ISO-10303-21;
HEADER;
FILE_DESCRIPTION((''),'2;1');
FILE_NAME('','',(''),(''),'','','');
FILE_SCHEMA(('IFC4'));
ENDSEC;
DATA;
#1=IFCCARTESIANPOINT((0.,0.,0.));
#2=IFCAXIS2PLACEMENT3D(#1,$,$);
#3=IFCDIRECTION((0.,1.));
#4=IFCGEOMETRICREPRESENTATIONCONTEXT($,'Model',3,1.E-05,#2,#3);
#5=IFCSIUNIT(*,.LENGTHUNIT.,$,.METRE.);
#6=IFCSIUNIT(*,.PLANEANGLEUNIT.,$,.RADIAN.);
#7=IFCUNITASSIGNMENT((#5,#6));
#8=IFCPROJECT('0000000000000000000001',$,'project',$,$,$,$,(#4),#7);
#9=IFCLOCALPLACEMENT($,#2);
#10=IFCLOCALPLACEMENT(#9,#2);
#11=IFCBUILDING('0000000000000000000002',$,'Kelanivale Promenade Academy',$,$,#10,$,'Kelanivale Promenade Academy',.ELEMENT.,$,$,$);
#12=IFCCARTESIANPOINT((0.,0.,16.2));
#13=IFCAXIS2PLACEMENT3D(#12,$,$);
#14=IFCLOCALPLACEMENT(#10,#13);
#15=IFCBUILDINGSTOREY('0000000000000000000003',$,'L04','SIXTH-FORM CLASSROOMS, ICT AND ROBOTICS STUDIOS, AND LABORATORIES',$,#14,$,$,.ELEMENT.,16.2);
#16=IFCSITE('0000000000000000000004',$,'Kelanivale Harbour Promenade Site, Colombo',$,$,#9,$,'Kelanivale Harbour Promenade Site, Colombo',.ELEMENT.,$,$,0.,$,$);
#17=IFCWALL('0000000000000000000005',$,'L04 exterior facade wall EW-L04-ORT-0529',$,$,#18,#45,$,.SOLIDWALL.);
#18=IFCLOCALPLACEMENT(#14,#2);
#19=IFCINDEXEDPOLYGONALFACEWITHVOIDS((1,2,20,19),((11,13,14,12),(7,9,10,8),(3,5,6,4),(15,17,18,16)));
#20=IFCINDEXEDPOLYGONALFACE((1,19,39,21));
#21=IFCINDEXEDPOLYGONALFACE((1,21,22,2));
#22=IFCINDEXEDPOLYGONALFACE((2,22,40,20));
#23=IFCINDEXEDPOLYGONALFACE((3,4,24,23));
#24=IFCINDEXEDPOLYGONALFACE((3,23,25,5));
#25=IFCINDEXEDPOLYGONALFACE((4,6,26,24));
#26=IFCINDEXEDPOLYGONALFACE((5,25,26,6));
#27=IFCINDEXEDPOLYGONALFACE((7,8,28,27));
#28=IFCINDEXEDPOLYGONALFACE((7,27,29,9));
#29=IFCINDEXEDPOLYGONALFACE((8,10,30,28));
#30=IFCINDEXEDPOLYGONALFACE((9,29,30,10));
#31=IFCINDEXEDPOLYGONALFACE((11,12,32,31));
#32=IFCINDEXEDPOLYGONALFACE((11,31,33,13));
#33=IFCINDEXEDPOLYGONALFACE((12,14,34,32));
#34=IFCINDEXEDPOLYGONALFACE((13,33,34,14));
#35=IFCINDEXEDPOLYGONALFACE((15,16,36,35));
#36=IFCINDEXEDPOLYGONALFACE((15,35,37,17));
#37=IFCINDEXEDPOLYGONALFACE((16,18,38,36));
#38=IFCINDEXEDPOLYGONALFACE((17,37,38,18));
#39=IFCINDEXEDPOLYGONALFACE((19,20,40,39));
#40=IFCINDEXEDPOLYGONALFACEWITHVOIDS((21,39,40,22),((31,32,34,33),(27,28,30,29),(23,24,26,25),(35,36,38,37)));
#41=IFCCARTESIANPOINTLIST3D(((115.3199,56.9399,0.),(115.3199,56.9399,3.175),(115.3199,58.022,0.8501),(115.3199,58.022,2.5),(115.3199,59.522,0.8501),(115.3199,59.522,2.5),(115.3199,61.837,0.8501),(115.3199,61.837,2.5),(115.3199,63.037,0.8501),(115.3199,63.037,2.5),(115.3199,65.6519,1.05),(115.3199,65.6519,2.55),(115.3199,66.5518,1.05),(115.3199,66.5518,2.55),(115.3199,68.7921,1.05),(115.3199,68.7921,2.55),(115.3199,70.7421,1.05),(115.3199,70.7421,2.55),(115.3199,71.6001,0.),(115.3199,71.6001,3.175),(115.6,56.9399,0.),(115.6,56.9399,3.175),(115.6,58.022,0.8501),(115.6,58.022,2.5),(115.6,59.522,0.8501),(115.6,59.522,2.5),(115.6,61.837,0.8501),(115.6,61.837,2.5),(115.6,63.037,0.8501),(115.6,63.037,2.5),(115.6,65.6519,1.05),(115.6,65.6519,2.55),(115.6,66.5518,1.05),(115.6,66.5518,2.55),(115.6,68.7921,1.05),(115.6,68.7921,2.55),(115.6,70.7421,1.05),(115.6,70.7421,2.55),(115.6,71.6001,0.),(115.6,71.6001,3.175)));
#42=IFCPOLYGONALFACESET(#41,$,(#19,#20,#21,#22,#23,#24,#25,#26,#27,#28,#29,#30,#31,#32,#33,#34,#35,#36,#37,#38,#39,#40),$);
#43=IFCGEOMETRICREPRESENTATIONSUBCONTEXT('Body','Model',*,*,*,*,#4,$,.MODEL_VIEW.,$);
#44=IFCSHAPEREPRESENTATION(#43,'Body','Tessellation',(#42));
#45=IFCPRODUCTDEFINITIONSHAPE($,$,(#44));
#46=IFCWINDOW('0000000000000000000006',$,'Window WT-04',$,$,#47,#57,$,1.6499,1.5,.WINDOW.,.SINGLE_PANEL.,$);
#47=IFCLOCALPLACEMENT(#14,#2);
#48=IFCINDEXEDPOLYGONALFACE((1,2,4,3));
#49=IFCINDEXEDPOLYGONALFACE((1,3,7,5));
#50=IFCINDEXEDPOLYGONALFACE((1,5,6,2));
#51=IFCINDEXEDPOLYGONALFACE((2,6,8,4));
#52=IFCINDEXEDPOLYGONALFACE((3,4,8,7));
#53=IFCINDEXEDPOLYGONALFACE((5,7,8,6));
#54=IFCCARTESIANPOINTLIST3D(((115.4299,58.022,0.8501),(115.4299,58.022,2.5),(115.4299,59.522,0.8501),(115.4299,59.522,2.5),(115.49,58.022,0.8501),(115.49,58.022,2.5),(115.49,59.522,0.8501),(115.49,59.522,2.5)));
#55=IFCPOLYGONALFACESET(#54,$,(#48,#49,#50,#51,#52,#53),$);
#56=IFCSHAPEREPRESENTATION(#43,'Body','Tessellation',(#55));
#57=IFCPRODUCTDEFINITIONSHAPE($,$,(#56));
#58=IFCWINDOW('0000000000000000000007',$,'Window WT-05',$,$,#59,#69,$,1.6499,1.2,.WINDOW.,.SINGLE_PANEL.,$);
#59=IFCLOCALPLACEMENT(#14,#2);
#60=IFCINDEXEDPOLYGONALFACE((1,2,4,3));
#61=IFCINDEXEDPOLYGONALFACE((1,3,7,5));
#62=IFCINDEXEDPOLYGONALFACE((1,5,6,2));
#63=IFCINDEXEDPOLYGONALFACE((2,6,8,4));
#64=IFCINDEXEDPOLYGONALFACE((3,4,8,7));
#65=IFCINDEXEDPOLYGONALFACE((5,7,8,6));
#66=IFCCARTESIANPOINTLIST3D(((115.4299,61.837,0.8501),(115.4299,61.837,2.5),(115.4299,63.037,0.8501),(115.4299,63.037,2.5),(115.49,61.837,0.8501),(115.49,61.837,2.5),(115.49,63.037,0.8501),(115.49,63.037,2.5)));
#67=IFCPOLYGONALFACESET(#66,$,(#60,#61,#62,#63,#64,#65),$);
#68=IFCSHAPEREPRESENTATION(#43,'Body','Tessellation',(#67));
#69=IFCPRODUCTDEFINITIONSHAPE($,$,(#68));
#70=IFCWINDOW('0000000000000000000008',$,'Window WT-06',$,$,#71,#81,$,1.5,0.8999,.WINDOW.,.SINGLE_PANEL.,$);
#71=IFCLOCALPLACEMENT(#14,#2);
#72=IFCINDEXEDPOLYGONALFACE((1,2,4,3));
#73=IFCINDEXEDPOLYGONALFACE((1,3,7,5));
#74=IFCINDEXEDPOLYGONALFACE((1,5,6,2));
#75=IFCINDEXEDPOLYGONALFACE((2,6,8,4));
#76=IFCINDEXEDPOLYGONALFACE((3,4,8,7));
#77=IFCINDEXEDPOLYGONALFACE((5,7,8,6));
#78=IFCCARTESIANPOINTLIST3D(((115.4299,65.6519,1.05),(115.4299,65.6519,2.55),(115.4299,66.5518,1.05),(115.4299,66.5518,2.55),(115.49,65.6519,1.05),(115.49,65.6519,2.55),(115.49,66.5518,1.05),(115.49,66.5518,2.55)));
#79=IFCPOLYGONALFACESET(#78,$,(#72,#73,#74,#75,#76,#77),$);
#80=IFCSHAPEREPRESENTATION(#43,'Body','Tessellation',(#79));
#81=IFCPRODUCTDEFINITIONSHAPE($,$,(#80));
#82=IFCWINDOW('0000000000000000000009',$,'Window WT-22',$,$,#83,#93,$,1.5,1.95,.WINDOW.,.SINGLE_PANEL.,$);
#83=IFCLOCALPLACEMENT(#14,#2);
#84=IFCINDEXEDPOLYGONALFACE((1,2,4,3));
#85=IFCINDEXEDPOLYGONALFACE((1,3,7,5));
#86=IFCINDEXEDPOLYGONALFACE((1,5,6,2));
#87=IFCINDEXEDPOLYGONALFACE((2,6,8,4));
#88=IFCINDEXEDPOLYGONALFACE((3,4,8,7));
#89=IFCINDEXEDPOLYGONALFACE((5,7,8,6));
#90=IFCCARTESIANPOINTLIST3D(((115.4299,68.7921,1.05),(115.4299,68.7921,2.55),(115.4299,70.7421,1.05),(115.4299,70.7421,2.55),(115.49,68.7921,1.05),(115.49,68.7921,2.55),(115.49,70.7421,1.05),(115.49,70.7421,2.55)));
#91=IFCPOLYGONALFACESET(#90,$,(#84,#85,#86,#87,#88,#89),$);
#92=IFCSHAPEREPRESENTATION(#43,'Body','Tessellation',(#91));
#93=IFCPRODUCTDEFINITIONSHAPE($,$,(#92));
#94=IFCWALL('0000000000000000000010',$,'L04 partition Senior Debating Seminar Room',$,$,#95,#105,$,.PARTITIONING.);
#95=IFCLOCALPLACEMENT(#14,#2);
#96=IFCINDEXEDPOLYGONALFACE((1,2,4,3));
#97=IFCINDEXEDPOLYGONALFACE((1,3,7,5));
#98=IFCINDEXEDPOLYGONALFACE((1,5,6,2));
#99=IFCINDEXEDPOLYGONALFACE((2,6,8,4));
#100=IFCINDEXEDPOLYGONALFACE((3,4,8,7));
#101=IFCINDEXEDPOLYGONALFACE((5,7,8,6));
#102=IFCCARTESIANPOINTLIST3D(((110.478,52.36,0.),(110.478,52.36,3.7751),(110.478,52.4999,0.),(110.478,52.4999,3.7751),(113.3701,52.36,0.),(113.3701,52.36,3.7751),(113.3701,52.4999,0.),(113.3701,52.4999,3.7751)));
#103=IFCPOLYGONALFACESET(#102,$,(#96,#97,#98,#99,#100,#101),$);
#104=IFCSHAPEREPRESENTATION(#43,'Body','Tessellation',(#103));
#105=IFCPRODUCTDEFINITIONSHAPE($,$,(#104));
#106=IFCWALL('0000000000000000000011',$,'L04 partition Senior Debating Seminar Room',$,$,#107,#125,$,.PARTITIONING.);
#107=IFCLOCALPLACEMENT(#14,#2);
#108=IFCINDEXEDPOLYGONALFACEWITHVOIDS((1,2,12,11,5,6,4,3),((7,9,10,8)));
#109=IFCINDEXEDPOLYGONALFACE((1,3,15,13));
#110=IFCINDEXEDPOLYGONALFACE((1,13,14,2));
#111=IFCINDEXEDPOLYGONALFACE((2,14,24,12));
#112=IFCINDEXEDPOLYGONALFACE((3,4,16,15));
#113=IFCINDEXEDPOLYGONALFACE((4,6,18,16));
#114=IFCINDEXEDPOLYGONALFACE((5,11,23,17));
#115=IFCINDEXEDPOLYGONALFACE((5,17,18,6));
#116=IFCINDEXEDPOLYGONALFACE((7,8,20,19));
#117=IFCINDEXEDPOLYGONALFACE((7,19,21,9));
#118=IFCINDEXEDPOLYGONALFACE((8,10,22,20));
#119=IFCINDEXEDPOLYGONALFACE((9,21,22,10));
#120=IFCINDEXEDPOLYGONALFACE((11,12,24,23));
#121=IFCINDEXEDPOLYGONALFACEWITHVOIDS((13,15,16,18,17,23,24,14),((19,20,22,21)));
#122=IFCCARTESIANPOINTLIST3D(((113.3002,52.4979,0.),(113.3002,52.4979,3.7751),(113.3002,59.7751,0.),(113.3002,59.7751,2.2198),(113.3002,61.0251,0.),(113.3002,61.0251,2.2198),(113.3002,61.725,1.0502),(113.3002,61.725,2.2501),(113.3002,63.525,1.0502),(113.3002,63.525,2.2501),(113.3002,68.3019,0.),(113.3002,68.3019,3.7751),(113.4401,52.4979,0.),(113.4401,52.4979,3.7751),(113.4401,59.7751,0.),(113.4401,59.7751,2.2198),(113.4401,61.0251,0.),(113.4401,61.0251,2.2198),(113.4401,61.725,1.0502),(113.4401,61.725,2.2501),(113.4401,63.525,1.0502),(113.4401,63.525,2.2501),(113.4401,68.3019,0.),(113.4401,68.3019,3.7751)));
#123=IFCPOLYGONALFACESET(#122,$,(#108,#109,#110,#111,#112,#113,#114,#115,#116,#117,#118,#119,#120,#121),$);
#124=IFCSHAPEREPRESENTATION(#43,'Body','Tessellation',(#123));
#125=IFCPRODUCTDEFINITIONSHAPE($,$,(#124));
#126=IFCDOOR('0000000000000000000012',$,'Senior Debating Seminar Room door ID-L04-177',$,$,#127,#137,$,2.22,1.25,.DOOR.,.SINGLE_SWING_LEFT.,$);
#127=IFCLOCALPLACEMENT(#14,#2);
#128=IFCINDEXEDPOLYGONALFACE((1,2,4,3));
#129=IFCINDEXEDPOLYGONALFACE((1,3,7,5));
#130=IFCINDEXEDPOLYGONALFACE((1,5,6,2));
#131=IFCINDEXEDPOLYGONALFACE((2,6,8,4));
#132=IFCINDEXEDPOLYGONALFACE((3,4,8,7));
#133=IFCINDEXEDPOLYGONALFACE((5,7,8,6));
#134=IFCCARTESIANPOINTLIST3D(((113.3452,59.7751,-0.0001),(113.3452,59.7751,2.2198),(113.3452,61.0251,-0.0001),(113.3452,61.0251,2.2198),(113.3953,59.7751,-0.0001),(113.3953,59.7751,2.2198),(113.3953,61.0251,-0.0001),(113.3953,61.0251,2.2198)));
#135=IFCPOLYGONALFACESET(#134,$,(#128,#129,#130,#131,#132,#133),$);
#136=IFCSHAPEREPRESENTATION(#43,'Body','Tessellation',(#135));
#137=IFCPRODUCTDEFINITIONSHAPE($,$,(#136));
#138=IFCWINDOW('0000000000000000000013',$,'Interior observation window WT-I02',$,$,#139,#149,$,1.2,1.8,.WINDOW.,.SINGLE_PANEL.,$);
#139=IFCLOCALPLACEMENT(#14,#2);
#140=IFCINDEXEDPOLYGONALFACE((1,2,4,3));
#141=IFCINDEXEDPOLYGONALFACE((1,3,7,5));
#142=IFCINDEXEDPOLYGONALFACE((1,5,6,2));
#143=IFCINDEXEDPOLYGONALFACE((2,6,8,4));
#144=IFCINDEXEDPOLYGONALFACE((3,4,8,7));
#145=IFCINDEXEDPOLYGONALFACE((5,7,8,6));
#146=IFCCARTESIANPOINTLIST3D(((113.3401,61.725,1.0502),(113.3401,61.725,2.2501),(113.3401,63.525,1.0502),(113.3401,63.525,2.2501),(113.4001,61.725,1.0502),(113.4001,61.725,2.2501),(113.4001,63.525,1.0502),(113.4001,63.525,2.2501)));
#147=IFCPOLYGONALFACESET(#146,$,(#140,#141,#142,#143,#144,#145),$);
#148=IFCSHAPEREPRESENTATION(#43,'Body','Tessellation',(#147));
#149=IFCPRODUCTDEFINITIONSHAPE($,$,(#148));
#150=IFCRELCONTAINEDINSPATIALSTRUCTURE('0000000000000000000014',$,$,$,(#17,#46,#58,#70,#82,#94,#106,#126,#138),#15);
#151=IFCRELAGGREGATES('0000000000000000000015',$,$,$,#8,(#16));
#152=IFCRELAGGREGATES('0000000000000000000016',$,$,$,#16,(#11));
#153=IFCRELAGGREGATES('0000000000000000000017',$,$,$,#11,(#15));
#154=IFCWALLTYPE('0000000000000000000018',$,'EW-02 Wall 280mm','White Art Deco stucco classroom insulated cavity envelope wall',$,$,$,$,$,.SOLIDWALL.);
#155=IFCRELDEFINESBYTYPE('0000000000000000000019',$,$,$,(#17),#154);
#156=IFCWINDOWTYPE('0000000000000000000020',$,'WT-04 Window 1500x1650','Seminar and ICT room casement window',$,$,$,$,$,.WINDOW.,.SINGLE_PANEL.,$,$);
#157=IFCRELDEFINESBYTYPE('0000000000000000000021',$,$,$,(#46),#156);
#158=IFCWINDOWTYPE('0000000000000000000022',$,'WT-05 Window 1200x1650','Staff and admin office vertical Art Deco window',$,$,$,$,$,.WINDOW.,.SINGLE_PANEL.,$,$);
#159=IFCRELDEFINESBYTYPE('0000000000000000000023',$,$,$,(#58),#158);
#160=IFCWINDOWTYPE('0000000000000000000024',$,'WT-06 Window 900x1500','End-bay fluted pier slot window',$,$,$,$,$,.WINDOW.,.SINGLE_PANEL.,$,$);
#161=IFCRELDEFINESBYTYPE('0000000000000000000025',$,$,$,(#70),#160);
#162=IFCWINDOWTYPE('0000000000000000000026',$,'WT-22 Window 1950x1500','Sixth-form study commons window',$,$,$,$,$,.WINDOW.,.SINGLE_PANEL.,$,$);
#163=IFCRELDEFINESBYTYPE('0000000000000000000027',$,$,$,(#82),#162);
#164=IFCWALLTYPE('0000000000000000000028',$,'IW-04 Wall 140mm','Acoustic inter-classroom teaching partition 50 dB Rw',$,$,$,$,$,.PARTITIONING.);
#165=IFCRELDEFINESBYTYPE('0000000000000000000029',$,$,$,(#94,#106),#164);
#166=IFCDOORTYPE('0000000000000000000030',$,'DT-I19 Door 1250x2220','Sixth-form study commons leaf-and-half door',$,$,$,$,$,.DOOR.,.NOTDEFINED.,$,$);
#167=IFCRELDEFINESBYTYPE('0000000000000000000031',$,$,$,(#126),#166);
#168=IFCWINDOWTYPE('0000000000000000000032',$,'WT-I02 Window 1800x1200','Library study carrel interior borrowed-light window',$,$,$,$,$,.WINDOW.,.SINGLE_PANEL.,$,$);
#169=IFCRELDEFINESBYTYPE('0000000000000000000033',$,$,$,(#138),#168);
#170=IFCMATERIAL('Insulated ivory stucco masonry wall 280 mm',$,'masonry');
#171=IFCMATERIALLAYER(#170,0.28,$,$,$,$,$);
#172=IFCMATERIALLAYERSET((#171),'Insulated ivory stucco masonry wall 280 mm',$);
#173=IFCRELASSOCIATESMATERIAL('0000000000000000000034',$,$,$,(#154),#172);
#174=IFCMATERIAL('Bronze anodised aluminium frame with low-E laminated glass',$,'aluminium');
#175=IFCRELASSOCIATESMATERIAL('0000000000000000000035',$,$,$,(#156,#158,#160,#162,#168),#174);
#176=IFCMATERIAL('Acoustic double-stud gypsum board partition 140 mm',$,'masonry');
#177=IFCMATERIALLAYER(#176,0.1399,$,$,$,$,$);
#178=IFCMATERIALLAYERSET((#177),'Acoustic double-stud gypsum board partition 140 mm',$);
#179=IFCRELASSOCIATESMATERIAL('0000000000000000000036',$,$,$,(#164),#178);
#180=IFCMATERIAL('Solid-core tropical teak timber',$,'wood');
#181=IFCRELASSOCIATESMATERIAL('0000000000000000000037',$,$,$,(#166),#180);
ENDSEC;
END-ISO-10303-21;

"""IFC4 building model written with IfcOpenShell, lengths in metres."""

from ifc_helpers import new_model, si_unit, direction, frame, frame_2d, origin, place, context, subcontext, project, spatial, rectangle, extrude, material, layer, layer_set, type_object, element, fill, save


model = new_model("IFC4")

# Units and contexts
model_context = context("Model", 3, precision=1e-05, world=origin(), true_north=direction((0.0, 1.0)))
body_context = subcontext(model_context, "Body", "Model", "MODEL_VIEW")
ifc_project = project(units=[si_unit("LENGTHUNIT", "METRE"), si_unit("PLANEANGLEUNIT", "RADIAN")], contexts=[model_context])

# Site, building, storey
site_placement = place(None, origin())
site = spatial("IfcSite", under=ifc_project, at=site_placement, Name="Kelanivale Harbour Promenade Site, Colombo", LongName="Kelanivale Harbour Promenade Site, Colombo", CompositionType="ELEMENT", RefElevation=0.0)
building_placement = place(site_placement, origin())
building = spatial("IfcBuilding", under=site, at=building_placement, Name="Kelanivale Promenade Academy", LongName="Kelanivale Promenade Academy", CompositionType="ELEMENT")
storey_placement = place(building_placement, frame((0.0, 0.0, 16.2)))
storey = spatial("IfcBuildingStorey", under=building, at=storey_placement, Name="L04", Description="SIXTH-FORM CLASSROOMS, ICT AND ROBOTICS STUDIOS, AND LABORATORIES", CompositionType="ELEMENT", Elevation=16.2)

# Shared definitions
ifc_material_1 = material(Name="Insulated ivory stucco masonry wall 280 mm", Category="masonry")
ifc_layer_1 = layer(ifc_material_1, 0.28)
ifc_layer_set_1 = layer_set([ifc_layer_1], Name="Insulated ivory stucco masonry wall 280 mm")
wall_type_1 = type_object("IfcWallType", Name="EW-02 Wall 280mm", Description="White Art Deco stucco classroom insulated cavity envelope wall", PredefinedType="SOLIDWALL", material=ifc_layer_set_1)
ifc_material_2 = material(Name="Bronze anodised aluminium frame with low-E laminated glass", Category="aluminium")

# Wall, openings, windows
wall_1_placement = place(storey_placement, frame((115.46, 56.9399, 0.0), z_axis=(0.0, 0.0, 1.0), x_axis=(0.0, 1.0, 0.0)))
wall_1 = element("IfcWall", 1, at=wall_1_placement, inside=storey, type_object=wall_type_1, Name="L04 exterior facade wall EW-L04-ORT-0529", PredefinedType="SOLIDWALL", context=body_context, shape_type="SweptSolid", body=[
    extrude(rectangle(XDim=14.6602, YDim=0.28, at=frame_2d((7.3301, 0.0))), origin(), (0.0, 0.0, 1.0), 3.175),
])
opening_1_placement = place(wall_1_placement, frame((1.082, 0.0, 0.8501)))
opening_1 = element("IfcOpeningElement", 2, at=opening_1_placement, cuts=wall_1, PredefinedType="OPENING", context=body_context, shape_type="SweptSolid", body=[
    extrude(rectangle(XDim=1.5, YDim=1.6499, at=frame_2d((0.75, 0.825))), frame((0.0, 0.1499, 0.0), z_axis=(0.0, -1.0, 0.0), x_axis=(1.0, 0.0, 0.0)), (0.0, 0.0, 1.0), 0.3),
])
opening_2_placement = place(wall_1_placement, frame((4.897, 0.0, 0.8501)))
opening_2 = element("IfcOpeningElement", 3, at=opening_2_placement, cuts=wall_1, PredefinedType="OPENING", context=body_context, shape_type="SweptSolid", body=[
    extrude(rectangle(XDim=1.2, YDim=1.6499, at=frame_2d((0.6001, 0.825))), frame((0.0, 0.1499, 0.0), z_axis=(0.0, -1.0, 0.0), x_axis=(1.0, 0.0, 0.0)), (0.0, 0.0, 1.0), 0.3),
])
opening_3_placement = place(wall_1_placement, frame((8.7119, 0.0, 1.05)))
opening_3 = element("IfcOpeningElement", 4, at=opening_3_placement, cuts=wall_1, PredefinedType="OPENING", context=body_context, shape_type="SweptSolid", body=[
    extrude(rectangle(XDim=0.8999, YDim=1.5, at=frame_2d((0.45, 0.75))), frame((0.0, 0.1499, 0.0), z_axis=(0.0, -1.0, 0.0), x_axis=(1.0, 0.0, 0.0)), (0.0, 0.0, 1.0), 0.3),
])
opening_4_placement = place(wall_1_placement, frame((11.8521, 0.0, 1.05)))
opening_4 = element("IfcOpeningElement", 5, at=opening_4_placement, cuts=wall_1, PredefinedType="OPENING", context=body_context, shape_type="SweptSolid", body=[
    extrude(rectangle(XDim=1.95, YDim=1.5, at=frame_2d((0.9751, 0.75))), frame((0.0, 0.1499, 0.0), z_axis=(0.0, -1.0, 0.0), x_axis=(1.0, 0.0, 0.0)), (0.0, 0.0, 1.0), 0.3),
])
window_type_1 = type_object("IfcWindowType", Name="WT-04 Window 1500x1650", Description="Seminar and ICT room casement window", PartitioningType="SINGLE_PANEL", PredefinedType="WINDOW", material=ifc_material_2)
window_1_placement = place(opening_1_placement, origin())
window_1 = element("IfcWindow", 6, at=window_1_placement, inside=storey, type_object=window_type_1, Name="Window WT-04", OverallHeight=1.6499, OverallWidth=1.5, PartitioningType="SINGLE_PANEL", PredefinedType="WINDOW", context=body_context, shape_type="SweptSolid", body=[
    extrude(rectangle(XDim=1.5, YDim=1.6499, at=frame_2d((0.75, 0.825))), frame((0.0, 0.03, 0.0), z_axis=(0.0, -1.0, 0.0), x_axis=(1.0, 0.0, 0.0)), (0.0, 0.0, 1.0), 0.0601),
])
fill(opening_1, window_1)
window_type_2 = type_object("IfcWindowType", Name="WT-05 Window 1200x1650", Description="Staff and admin office vertical Art Deco window", PartitioningType="SINGLE_PANEL", PredefinedType="WINDOW", material=ifc_material_2)
window_2_placement = place(opening_2_placement, origin())
window_2 = element("IfcWindow", 7, at=window_2_placement, inside=storey, type_object=window_type_2, Name="Window WT-05", OverallHeight=1.6499, OverallWidth=1.2, PartitioningType="SINGLE_PANEL", PredefinedType="WINDOW", context=body_context, shape_type="SweptSolid", body=[
    extrude(rectangle(XDim=1.2, YDim=1.6499, at=frame_2d((0.6001, 0.825))), frame((0.0, 0.03, 0.0), z_axis=(0.0, -1.0, 0.0), x_axis=(1.0, 0.0, 0.0)), (0.0, 0.0, 1.0), 0.0601),
])
fill(opening_2, window_2)
window_type_3 = type_object("IfcWindowType", Name="WT-06 Window 900x1500", Description="End-bay fluted pier slot window", PartitioningType="SINGLE_PANEL", PredefinedType="WINDOW", material=ifc_material_2)
window_3_placement = place(opening_3_placement, origin())
window_3 = element("IfcWindow", 8, at=window_3_placement, inside=storey, type_object=window_type_3, Name="Window WT-06", OverallHeight=1.5, OverallWidth=0.8999, PartitioningType="SINGLE_PANEL", PredefinedType="WINDOW", context=body_context, shape_type="SweptSolid", body=[
    extrude(rectangle(XDim=0.8999, YDim=1.5, at=frame_2d((0.45, 0.75))), frame((0.0, 0.03, 0.0), z_axis=(0.0, -1.0, 0.0), x_axis=(1.0, 0.0, 0.0)), (0.0, 0.0, 1.0), 0.0601),
])
fill(opening_3, window_3)
window_type_4 = type_object("IfcWindowType", Name="WT-22 Window 1950x1500", Description="Sixth-form study commons window", PartitioningType="SINGLE_PANEL", PredefinedType="WINDOW", material=ifc_material_2)
window_4_placement = place(opening_4_placement, origin())
window_4 = element("IfcWindow", 9, at=window_4_placement, inside=storey, type_object=window_type_4, Name="Window WT-22", OverallHeight=1.5, OverallWidth=1.95, PartitioningType="SINGLE_PANEL", PredefinedType="WINDOW", context=body_context, shape_type="SweptSolid", body=[
    extrude(rectangle(XDim=1.95, YDim=1.5, at=frame_2d((0.9751, 0.75))), frame((0.0, 0.03, 0.0), z_axis=(0.0, -1.0, 0.0), x_axis=(1.0, 0.0, 0.0)), (0.0, 0.0, 1.0), 0.0601),
])
fill(opening_4, window_4)

# Wall
ifc_material_3 = material(Name="Acoustic double-stud gypsum board partition 140 mm", Category="masonry")
ifc_layer_2 = layer(ifc_material_3, 0.1399)
ifc_layer_set_2 = layer_set([ifc_layer_2], Name="Acoustic double-stud gypsum board partition 140 mm")
wall_type_2 = type_object("IfcWallType", Name="IW-04 Wall 140mm", Description="Acoustic inter-classroom teaching partition 50 dB Rw", PredefinedType="PARTITIONING", material=ifc_layer_set_2)
wall_2_placement = place(storey_placement, frame((110.478, 52.4299, 0.0), z_axis=(0.0, 0.0, 1.0), x_axis=(1.0, 0.0, 0.0)))
element("IfcWall", 10, at=wall_2_placement, inside=storey, type_object=wall_type_2, Name="L04 partition Senior Debating Seminar Room", PredefinedType="PARTITIONING", context=body_context, shape_type="SweptSolid", body=[
    extrude(rectangle(XDim=2.8921, YDim=0.1399, at=frame_2d((1.446, 0.0))), origin(), (0.0, 0.0, 1.0), 3.7751),
])

# Wall, openings, door, window
wall_3_placement = place(storey_placement, frame((113.3701, 52.498, 0.0), z_axis=(0.0, 0.0, 1.0), x_axis=(0.0, 1.0, 0.0)))
wall_3 = element("IfcWall", 11, at=wall_3_placement, inside=storey, type_object=wall_type_2, Name="L04 partition Senior Debating Seminar Room", PredefinedType="PARTITIONING", context=body_context, shape_type="SweptSolid", body=[
    extrude(rectangle(XDim=15.804, YDim=0.1399, at=frame_2d((7.9019, 0.0))), origin(), (0.0, 0.0, 1.0), 3.7751),
])
opening_5_placement = place(wall_3_placement, frame((7.2771, 0.0, 0.0)))
opening_5 = element("IfcOpeningElement", 12, at=opening_5_placement, cuts=wall_3, PredefinedType="OPENING", context=body_context, shape_type="SweptSolid", body=[
    extrude(rectangle(XDim=1.25, YDim=2.22, at=frame_2d((0.625, 1.1099))), frame((0.0, 0.0801, 0.0), z_axis=(0.0, -1.0, 0.0), x_axis=(1.0, 0.0, 0.0)), (0.0, 0.0, 1.0), 0.1599),
])
opening_6_placement = place(wall_3_placement, frame((9.2271, 0.0, 1.05)))
opening_6 = element("IfcOpeningElement", 13, at=opening_6_placement, cuts=wall_3, PredefinedType="OPENING", context=body_context, shape_type="SweptSolid", body=[
    extrude(rectangle(XDim=1.8, YDim=1.2, at=frame_2d((0.8999, 0.6001))), frame((0.0, 0.0801, 0.0), z_axis=(0.0, -1.0, 0.0), x_axis=(1.0, 0.0, 0.0)), (0.0, 0.0, 1.0), 0.1599),
])
ifc_material_4 = material(Name="Solid-core tropical teak timber", Category="wood")
door_type = type_object("IfcDoorType", Name="DT-I19 Door 1250x2220", Description="Sixth-form study commons leaf-and-half door", OperationType="NOTDEFINED", PredefinedType="DOOR", material=ifc_material_4)
door_placement = place(opening_5_placement, origin())
door = element("IfcDoor", 14, at=door_placement, inside=storey, type_object=door_type, Name="Senior Debating Seminar Room door ID-L04-177", OperationType="SINGLE_SWING_LEFT", OverallHeight=2.22, OverallWidth=1.25, PredefinedType="DOOR", context=body_context, shape_type="SweptSolid", body=[
    extrude(rectangle(XDim=1.25, YDim=2.22, at=frame_2d((0.625, 1.1099))), frame((0.0, 0.0249, 0.0), z_axis=(0.0, -1.0, 0.0), x_axis=(1.0, 0.0, 0.0)), (0.0, 0.0, 1.0), 0.05),
])
fill(opening_5, door)
window_type_5 = type_object("IfcWindowType", Name="WT-I02 Window 1800x1200", Description="Library study carrel interior borrowed-light window", PartitioningType="SINGLE_PANEL", PredefinedType="WINDOW", material=ifc_material_2)
window_5_placement = place(opening_6_placement, origin())
window_5 = element("IfcWindow", 15, at=window_5_placement, inside=storey, type_object=window_type_5, Name="Interior observation window WT-I02", OverallHeight=1.2, OverallWidth=1.8, PartitioningType="SINGLE_PANEL", PredefinedType="WINDOW", context=body_context, shape_type="SweptSolid", body=[
    extrude(rectangle(XDim=1.8, YDim=1.2, at=frame_2d((0.8999, 0.6001))), frame((0.0, 0.03, 0.0), z_axis=(0.0, -1.0, 0.0), x_axis=(1.0, 0.0, 0.0)), (0.0, 0.0, 1.0), 0.0601),
])
fill(opening_6, window_5)

save(model, "model.ifc")
